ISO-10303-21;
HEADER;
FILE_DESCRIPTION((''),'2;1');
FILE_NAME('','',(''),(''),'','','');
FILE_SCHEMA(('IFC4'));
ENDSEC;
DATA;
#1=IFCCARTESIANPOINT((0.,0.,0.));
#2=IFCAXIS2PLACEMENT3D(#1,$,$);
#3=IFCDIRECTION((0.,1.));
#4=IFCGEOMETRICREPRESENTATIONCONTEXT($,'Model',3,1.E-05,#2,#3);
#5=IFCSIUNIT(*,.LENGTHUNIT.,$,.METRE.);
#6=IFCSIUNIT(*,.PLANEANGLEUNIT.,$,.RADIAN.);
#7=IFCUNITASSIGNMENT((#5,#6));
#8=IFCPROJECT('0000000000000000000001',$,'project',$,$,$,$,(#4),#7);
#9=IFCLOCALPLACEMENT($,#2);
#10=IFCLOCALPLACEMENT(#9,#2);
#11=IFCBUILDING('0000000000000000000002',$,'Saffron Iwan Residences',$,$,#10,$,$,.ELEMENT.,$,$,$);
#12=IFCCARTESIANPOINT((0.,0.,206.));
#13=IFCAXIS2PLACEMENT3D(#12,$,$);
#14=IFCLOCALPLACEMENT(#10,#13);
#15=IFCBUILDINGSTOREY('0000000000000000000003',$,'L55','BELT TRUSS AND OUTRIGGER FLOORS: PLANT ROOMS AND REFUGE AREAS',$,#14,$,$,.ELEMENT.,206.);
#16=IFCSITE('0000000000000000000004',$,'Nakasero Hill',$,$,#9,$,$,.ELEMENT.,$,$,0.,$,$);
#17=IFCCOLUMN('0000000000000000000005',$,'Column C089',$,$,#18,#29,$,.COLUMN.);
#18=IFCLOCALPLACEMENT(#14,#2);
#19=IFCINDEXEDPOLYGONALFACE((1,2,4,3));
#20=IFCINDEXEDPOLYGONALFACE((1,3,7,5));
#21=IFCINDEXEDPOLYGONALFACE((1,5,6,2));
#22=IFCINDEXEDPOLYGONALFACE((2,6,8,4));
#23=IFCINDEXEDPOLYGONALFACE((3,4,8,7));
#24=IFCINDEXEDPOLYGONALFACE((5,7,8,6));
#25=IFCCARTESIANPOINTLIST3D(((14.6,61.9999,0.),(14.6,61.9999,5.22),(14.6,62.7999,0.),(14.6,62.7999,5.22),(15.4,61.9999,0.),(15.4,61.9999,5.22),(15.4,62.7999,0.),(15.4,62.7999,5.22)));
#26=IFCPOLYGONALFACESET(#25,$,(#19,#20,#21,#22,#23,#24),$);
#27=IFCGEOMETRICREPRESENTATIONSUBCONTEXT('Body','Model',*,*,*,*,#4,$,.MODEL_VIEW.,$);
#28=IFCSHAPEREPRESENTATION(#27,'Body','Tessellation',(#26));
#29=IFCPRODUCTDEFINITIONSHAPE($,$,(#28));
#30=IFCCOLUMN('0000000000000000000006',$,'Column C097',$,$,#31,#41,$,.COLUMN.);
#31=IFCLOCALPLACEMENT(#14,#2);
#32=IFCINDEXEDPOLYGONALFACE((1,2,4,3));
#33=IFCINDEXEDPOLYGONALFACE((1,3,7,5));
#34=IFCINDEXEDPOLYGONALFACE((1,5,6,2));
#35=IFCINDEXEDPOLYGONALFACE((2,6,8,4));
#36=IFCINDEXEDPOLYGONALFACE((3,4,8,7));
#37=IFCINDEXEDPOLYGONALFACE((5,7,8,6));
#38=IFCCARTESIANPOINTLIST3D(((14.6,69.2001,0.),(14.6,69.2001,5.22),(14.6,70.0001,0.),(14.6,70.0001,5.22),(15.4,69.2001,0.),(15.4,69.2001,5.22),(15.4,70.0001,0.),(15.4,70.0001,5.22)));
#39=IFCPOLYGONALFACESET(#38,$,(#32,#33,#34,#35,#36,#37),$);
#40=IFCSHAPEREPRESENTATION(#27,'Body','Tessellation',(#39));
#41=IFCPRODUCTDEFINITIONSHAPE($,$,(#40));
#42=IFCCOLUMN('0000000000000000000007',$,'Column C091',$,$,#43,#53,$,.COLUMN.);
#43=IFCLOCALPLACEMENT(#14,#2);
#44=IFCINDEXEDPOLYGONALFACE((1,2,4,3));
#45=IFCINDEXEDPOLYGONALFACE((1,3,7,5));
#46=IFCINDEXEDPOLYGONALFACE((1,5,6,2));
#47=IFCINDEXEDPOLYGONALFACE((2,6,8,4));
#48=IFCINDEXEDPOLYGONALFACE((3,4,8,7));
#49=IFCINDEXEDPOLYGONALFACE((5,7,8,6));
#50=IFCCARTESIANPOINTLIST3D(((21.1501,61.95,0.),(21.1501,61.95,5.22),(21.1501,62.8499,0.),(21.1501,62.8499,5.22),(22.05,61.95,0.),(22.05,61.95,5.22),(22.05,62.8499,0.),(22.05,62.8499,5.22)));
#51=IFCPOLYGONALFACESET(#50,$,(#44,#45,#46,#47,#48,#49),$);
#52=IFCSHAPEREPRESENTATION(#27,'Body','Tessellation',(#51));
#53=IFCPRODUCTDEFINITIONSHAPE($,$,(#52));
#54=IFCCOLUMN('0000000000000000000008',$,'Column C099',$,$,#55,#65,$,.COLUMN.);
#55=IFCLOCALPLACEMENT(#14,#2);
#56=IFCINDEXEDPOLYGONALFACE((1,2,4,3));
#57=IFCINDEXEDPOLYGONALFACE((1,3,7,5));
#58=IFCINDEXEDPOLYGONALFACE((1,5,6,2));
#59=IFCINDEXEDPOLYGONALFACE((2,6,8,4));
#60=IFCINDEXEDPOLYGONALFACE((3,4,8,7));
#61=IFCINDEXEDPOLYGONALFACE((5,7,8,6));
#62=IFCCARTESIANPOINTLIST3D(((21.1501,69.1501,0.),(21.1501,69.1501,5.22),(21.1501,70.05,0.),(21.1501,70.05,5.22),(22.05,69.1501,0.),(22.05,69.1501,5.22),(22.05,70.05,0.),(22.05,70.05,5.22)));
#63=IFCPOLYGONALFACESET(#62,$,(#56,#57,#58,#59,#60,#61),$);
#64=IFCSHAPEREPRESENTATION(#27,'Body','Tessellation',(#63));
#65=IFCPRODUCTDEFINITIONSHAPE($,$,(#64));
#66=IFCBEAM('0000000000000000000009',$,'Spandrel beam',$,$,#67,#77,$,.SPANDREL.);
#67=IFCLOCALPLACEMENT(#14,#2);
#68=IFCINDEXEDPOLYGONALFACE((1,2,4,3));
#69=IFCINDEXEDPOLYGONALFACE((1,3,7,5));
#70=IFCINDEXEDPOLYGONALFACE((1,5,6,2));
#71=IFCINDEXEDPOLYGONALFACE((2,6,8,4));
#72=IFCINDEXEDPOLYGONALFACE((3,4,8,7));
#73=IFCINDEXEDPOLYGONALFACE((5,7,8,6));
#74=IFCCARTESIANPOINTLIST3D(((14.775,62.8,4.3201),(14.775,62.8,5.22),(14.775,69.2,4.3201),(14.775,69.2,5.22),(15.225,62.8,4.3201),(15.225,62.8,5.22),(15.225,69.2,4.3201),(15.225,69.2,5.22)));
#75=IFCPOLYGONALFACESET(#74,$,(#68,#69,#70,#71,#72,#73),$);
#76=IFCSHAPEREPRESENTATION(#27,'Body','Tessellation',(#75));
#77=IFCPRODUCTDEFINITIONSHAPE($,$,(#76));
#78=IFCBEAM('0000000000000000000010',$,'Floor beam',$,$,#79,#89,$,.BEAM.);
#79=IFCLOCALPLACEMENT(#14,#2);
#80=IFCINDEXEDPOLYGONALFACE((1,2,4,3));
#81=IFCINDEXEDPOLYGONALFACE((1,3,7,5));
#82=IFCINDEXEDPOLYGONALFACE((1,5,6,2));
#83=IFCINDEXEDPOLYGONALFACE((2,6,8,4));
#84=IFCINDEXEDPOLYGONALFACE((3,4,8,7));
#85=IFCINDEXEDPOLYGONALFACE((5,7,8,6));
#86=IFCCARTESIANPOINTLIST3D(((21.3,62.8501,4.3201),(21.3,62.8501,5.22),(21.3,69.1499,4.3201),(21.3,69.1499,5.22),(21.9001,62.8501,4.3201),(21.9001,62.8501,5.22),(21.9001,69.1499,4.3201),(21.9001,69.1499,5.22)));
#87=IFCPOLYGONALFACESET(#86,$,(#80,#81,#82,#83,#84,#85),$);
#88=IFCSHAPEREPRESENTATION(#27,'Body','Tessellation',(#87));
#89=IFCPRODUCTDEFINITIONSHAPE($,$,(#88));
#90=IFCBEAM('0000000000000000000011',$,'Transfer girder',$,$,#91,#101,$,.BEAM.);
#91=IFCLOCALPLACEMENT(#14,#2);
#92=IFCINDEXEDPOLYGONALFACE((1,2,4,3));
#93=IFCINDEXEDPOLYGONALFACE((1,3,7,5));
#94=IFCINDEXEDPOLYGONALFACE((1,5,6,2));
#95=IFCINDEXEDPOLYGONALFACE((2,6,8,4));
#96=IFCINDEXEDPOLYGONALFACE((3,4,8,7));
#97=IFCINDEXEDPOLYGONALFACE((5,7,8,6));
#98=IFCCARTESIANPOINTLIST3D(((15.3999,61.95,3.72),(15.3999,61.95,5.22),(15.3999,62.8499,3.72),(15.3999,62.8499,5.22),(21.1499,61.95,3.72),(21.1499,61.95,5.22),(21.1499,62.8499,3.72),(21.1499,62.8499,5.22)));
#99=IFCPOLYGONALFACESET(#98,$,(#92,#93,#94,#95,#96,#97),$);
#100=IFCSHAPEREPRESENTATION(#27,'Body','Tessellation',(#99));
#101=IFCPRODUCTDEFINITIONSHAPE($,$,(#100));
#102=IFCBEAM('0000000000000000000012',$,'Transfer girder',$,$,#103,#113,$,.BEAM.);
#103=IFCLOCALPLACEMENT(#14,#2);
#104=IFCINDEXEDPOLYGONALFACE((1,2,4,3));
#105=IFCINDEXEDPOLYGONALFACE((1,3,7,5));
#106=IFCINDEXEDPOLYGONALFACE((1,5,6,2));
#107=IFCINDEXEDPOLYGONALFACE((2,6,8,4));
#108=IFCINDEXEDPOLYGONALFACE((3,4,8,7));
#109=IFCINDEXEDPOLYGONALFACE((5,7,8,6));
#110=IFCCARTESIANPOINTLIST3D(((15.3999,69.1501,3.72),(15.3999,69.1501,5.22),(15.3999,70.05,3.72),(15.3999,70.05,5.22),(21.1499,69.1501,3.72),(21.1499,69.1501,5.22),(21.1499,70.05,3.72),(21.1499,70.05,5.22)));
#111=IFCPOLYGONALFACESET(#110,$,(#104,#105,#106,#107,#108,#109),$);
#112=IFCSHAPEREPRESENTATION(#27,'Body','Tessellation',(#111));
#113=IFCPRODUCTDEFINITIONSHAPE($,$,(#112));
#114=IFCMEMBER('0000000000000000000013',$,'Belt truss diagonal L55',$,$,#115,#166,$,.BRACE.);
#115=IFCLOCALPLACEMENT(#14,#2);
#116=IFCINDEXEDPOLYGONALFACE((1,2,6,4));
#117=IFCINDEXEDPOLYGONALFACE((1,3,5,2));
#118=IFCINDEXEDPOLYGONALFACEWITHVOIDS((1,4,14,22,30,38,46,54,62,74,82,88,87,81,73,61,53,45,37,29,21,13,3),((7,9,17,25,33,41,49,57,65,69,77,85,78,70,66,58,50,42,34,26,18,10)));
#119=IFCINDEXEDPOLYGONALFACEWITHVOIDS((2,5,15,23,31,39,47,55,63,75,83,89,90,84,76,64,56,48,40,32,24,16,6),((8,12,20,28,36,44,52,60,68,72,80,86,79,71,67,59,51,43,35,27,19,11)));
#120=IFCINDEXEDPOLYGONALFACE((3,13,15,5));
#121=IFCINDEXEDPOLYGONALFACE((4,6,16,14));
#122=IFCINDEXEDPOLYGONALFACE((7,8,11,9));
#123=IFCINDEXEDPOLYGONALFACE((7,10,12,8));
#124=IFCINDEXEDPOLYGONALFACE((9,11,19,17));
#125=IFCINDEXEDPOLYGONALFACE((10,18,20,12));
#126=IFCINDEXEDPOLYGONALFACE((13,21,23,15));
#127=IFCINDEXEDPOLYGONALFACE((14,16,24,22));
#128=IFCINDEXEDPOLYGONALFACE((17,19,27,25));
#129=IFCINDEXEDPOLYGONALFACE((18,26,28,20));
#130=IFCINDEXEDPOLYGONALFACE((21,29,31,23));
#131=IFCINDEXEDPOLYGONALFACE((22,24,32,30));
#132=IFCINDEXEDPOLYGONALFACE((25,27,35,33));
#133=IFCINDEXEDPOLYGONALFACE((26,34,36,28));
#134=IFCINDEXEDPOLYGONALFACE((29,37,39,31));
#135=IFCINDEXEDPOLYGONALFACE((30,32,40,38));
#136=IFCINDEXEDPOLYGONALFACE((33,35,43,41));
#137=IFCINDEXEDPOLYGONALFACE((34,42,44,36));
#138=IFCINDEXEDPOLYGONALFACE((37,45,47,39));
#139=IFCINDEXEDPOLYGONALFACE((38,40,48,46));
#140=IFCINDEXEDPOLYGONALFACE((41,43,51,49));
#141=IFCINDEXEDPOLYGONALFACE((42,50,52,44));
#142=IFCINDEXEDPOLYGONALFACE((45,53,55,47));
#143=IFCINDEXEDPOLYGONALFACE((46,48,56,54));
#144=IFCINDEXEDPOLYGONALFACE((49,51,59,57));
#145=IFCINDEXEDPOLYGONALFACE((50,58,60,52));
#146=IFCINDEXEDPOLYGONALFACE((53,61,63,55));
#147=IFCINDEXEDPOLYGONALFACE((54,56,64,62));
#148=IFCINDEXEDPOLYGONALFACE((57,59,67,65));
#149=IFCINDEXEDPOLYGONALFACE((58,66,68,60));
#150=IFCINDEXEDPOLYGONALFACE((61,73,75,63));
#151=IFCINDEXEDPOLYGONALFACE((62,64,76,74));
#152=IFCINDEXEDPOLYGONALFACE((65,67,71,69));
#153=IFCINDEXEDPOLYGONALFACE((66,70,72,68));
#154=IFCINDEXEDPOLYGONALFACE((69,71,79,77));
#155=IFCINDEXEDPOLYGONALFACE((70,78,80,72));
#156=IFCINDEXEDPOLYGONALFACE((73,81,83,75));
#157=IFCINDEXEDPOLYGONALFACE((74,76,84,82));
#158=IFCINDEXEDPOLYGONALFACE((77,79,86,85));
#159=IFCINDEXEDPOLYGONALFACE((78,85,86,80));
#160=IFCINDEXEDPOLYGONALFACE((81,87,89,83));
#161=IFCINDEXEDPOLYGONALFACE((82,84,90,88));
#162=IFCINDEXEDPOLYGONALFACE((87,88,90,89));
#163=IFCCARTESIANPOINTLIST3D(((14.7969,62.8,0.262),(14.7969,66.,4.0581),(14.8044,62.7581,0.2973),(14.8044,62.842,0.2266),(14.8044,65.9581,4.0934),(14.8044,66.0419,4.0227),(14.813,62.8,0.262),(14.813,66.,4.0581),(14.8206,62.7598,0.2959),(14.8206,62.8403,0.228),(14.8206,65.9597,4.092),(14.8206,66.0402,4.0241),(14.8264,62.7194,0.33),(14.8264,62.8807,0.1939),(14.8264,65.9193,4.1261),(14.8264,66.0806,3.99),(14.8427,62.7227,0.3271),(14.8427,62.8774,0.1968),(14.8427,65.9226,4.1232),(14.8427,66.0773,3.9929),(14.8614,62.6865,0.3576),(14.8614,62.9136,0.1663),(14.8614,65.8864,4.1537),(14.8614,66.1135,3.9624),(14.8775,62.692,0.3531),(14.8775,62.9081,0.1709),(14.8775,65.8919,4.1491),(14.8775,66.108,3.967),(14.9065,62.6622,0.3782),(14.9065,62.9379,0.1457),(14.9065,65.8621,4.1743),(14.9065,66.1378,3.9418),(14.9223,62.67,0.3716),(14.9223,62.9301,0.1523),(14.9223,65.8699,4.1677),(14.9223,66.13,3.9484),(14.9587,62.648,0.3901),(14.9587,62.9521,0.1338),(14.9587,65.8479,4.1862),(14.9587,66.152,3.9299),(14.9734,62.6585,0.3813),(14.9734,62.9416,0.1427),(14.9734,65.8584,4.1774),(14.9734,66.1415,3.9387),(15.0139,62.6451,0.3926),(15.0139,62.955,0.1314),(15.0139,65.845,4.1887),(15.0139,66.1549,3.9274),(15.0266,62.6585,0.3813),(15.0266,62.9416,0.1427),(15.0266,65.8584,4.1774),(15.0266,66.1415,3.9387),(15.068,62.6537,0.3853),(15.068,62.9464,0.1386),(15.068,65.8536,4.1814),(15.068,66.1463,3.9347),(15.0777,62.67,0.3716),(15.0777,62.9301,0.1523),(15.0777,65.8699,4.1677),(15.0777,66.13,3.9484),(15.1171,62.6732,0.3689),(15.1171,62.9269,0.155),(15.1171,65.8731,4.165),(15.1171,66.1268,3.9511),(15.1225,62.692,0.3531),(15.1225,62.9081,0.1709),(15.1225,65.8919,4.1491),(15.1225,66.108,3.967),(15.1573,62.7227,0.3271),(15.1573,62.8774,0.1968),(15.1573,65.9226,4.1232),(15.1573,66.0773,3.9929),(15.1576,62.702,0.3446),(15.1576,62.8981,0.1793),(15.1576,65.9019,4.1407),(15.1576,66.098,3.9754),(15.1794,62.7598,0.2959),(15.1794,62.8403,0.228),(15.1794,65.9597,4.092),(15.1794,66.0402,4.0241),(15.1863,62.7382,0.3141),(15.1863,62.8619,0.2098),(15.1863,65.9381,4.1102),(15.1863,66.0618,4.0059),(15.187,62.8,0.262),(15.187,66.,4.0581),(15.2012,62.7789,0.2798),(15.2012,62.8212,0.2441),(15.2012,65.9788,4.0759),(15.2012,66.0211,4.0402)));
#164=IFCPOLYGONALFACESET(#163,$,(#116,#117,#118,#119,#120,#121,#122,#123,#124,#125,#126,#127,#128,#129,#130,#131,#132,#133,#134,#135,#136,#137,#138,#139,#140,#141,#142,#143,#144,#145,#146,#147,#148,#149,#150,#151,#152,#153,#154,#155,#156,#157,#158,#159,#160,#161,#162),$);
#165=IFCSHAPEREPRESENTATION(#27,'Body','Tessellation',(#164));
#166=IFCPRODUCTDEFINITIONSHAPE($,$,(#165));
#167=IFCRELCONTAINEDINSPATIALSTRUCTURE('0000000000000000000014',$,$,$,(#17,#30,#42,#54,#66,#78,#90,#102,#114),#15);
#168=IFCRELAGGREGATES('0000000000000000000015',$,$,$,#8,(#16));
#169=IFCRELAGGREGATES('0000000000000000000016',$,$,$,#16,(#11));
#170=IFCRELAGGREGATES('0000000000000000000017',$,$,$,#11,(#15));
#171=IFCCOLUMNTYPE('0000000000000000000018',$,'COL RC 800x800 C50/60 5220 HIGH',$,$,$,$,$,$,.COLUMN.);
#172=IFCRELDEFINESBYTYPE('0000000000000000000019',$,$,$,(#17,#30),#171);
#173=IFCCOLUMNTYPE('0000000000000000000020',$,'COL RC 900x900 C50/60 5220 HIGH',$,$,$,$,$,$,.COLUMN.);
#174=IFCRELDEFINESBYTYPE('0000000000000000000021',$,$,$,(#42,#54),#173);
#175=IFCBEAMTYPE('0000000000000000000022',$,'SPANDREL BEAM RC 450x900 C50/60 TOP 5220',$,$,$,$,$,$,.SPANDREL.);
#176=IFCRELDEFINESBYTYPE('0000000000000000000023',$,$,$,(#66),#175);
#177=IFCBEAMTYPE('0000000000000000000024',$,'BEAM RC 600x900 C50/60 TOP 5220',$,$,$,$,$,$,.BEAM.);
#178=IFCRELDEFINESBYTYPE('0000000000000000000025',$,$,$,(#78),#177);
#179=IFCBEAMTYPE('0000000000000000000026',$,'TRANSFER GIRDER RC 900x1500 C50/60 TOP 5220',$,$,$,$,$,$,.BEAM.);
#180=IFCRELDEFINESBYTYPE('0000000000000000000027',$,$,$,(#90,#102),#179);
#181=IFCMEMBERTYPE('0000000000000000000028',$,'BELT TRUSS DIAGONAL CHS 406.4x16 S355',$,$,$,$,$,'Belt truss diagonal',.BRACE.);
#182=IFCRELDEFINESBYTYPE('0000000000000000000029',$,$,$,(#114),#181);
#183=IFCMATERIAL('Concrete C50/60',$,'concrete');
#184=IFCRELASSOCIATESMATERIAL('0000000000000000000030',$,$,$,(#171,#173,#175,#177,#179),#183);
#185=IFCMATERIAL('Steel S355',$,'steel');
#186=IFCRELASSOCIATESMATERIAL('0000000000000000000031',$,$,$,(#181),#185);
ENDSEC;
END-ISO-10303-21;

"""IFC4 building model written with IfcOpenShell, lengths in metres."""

from ifc_helpers import new_model, si_unit, direction, frame, origin, origin_2d, place, context, subcontext, project, spatial, rectangle, hollow_circle, extrude, source, transform, mapped, material, material_profile, profile_set, type_object, element, save


model = new_model("IFC4")

# Units and contexts
model_context = context("Model", 3, precision=1e-05, world=origin(), true_north=direction((0.0, 1.0)))
body_context = subcontext(model_context, "Body", "Model", "MODEL_VIEW")
ifc_project = project(units=[si_unit("LENGTHUNIT", "METRE"), si_unit("PLANEANGLEUNIT", "RADIAN")], contexts=[model_context])

# Site, building, storey
site_placement = place(None, origin())
site = spatial("IfcSite", under=ifc_project, at=site_placement, Name="Nakasero Hill", CompositionType="ELEMENT", RefElevation=0.0)
building_placement = place(site_placement, origin())
building = spatial("IfcBuilding", under=site, at=building_placement, Name="Saffron Iwan Residences", CompositionType="ELEMENT")
storey_placement = place(building_placement, frame((0.0, 0.0, 206.0)))
storey = spatial("IfcBuildingStorey", under=building, at=storey_placement, Name="L55", Description="BELT TRUSS AND OUTRIGGER FLOORS: PLANT ROOMS AND REFUGE AREAS", CompositionType="ELEMENT", Elevation=206.0)

# Columns
ifc_material_1 = material(Name="Concrete C50/60", Category="concrete")
ifc_material_profile_1 = material_profile(ifc_material_1, rectangle(XDim=0.8, YDim=0.8, at=origin_2d()), Name="RC 800x800")
ifc_profile_set_1 = profile_set([ifc_material_profile_1], Name="Concrete C50/60")
column_type_1 = type_object("IfcColumnType", Name="COL RC 800x800 C50/60 5220 HIGH", PredefinedType="COLUMN", material=ifc_profile_set_1)
shared_shape_1 = source(origin(), body_context, "Body", "SweptSolid", [
    extrude(rectangle(XDim=0.8, YDim=0.8, at=origin_2d()), origin(), (0.0, 0.0, 1.0), 5.22),
])
for number, where, z_axis, x_axis, name in (
    (1, (15.0, 62.3999, 0.0), (0.0, 0.0, 1.0), (1.0, 0.0, 0.0), "Column C089"),
    (2, (15.0, 69.6001, 0.0), (0.0, 0.0, 1.0), (1.0, 0.0, 0.0), "Column C097"),
):
    element("IfcColumn", number, at=place(storey_placement, frame(where, z_axis=z_axis, x_axis=x_axis)), inside=storey, type_object=column_type_1, Name=name, PredefinedType="COLUMN", context=body_context, shape_type="MappedRepresentation", body=[
        mapped(shared_shape_1, transform((0.0, 0.0, 0.0))),
    ])
ifc_material_profile_2 = material_profile(ifc_material_1, rectangle(XDim=0.8999, YDim=0.8999, at=origin_2d()), Name="RC 900x900")
ifc_profile_set_2 = profile_set([ifc_material_profile_2], Name="Concrete C50/60")
column_type_2 = type_object("IfcColumnType", Name="COL RC 900x900 C50/60 5220 HIGH", PredefinedType="COLUMN", material=ifc_profile_set_2)
shared_shape_2 = source(origin(), body_context, "Body", "SweptSolid", [
    extrude(rectangle(XDim=0.8999, YDim=0.8999, at=origin_2d()), origin(), (0.0, 0.0, 1.0), 5.22),
])
for number, where, z_axis, x_axis, name in (
    (3, (21.6001, 62.3999, 0.0), (0.0, 0.0, 1.0), (1.0, 0.0, 0.0), "Column C091"),
    (4, (21.6001, 69.6001, 0.0), (0.0, 0.0, 1.0), (1.0, 0.0, 0.0), "Column C099"),
):
    element("IfcColumn", number, at=place(storey_placement, frame(where, z_axis=z_axis, x_axis=x_axis)), inside=storey, type_object=column_type_2, Name=name, PredefinedType="COLUMN", context=body_context, shape_type="MappedRepresentation", body=[
        mapped(shared_shape_2, transform((0.0, 0.0, 0.0))),
    ])

# Beams
ifc_material_profile_3 = material_profile(ifc_material_1, rectangle(XDim=0.45, YDim=0.8999, at=origin_2d()), Name="RC 450x900")
ifc_profile_set_3 = profile_set([ifc_material_profile_3], Name="Concrete C50/60")
beam_type_1 = type_object("IfcBeamType", Name="SPANDREL BEAM RC 450x900 C50/60 TOP 5220", PredefinedType="SPANDREL", material=ifc_profile_set_3)
shared_shape_3 = source(origin(), body_context, "Body", "SweptSolid", [
    extrude(rectangle(XDim=0.45, YDim=0.8999, at=origin_2d()), origin(), (0.0, 0.0, 1.0), 6.3999),
])
beam_1_placement = place(storey_placement, frame((15.0, 62.8, 4.77), z_axis=(0.0, 1.0, 0.0), x_axis=(-1.0, 0.0, 0.0)))
element("IfcBeam", 5, at=beam_1_placement, inside=storey, type_object=beam_type_1, Name="Spandrel beam", PredefinedType="SPANDREL", context=body_context, shape_type="MappedRepresentation", body=[
    mapped(shared_shape_3, transform((0.0, 0.0, 0.0))),
])
ifc_material_profile_4 = material_profile(ifc_material_1, rectangle(XDim=0.6001, YDim=0.8999, at=origin_2d()), Name="RC 600x900")
ifc_profile_set_4 = profile_set([ifc_material_profile_4], Name="Concrete C50/60")
beam_type_2 = type_object("IfcBeamType", Name="BEAM RC 600x900 C50/60 TOP 5220", PredefinedType="BEAM", material=ifc_profile_set_4)
shared_shape_4 = source(origin(), body_context, "Body", "SweptSolid", [
    extrude(rectangle(XDim=0.6001, YDim=0.8999, at=origin_2d()), origin(), (0.0, 0.0, 1.0), 6.2998),
])
beam_2_placement = place(storey_placement, frame((21.6001, 62.8501, 4.77), z_axis=(0.0, 1.0, 0.0), x_axis=(-1.0, 0.0, 0.0)))
element("IfcBeam", 6, at=beam_2_placement, inside=storey, type_object=beam_type_2, Name="Floor beam", PredefinedType="BEAM", context=body_context, shape_type="MappedRepresentation", body=[
    mapped(shared_shape_4, transform((0.0, 0.0, 0.0))),
])
ifc_material_profile_5 = material_profile(ifc_material_1, rectangle(XDim=0.8999, YDim=1.5, at=origin_2d()), Name="RC 900x1500")
ifc_profile_set_5 = profile_set([ifc_material_profile_5], Name="Concrete C50/60")
beam_type_3 = type_object("IfcBeamType", Name="TRANSFER GIRDER RC 900x1500 C50/60 TOP 5220", PredefinedType="BEAM", material=ifc_profile_set_5)
shared_shape_5 = source(origin(), body_context, "Body", "SweptSolid", [
    extrude(rectangle(XDim=0.8999, YDim=1.5, at=origin_2d()), origin(), (0.0, 0.0, 1.0), 5.75),
])
for number, where, z_axis, x_axis, name in (
    (7, (21.1499, 62.3999, 4.47), (-1.0, 0.0, 0.0), (0.0, -1.0, 0.0), "Transfer girder"),
    (8, (21.1499, 69.6001, 4.47), (-1.0, 0.0, 0.0), (0.0, -1.0, 0.0), "Transfer girder"),
):
    element("IfcBeam", number, at=place(storey_placement, frame(where, z_axis=z_axis, x_axis=x_axis)), inside=storey, type_object=beam_type_3, Name=name, PredefinedType="BEAM", context=body_context, shape_type="MappedRepresentation", body=[
        mapped(shared_shape_5, transform((0.0, 0.0, 0.0))),
    ])

# Member
ifc_material_2 = material(Name="Steel S355", Category="steel")
ifc_material_profile_6 = material_profile(ifc_material_2, hollow_circle(Radius=0.2031, WallThickness=0.0161, at=origin_2d()), Name="CHS 406.4x16")
ifc_profile_set_6 = profile_set([ifc_material_profile_6], Name="Steel S355")
member_type_1 = type_object("IfcMemberType", Name="BELT TRUSS DIAGONAL CHS 406.4x16 S355", ElementType="Belt truss diagonal", PredefinedType="BRACE", material=ifc_profile_set_6)
shared_shape_6 = source(origin(), body_context, "Body", "SweptSolid", [
    extrude(hollow_circle(Radius=0.2031, WallThickness=0.0161, at=origin_2d()), origin(), (0.0, 0.0, 1.0), 4.9648),
])
for number, where, z_axis, x_axis, name in (
    (9, (15.0, 62.8, 0.262), (0.0, 0.644513, 0.764594), (-1.0, 0.0, 0.0), "Belt truss diagonal L55"),
):
    element("IfcMember", number, at=place(storey_placement, frame(where, z_axis=z_axis, x_axis=x_axis)), inside=storey, type_object=member_type_1, Name=name, PredefinedType="BRACE", context=body_context, shape_type="MappedRepresentation", body=[
        mapped(shared_shape_6, transform((0.0, 0.0, 0.0))),
    ])

save(model, "model.ifc")
